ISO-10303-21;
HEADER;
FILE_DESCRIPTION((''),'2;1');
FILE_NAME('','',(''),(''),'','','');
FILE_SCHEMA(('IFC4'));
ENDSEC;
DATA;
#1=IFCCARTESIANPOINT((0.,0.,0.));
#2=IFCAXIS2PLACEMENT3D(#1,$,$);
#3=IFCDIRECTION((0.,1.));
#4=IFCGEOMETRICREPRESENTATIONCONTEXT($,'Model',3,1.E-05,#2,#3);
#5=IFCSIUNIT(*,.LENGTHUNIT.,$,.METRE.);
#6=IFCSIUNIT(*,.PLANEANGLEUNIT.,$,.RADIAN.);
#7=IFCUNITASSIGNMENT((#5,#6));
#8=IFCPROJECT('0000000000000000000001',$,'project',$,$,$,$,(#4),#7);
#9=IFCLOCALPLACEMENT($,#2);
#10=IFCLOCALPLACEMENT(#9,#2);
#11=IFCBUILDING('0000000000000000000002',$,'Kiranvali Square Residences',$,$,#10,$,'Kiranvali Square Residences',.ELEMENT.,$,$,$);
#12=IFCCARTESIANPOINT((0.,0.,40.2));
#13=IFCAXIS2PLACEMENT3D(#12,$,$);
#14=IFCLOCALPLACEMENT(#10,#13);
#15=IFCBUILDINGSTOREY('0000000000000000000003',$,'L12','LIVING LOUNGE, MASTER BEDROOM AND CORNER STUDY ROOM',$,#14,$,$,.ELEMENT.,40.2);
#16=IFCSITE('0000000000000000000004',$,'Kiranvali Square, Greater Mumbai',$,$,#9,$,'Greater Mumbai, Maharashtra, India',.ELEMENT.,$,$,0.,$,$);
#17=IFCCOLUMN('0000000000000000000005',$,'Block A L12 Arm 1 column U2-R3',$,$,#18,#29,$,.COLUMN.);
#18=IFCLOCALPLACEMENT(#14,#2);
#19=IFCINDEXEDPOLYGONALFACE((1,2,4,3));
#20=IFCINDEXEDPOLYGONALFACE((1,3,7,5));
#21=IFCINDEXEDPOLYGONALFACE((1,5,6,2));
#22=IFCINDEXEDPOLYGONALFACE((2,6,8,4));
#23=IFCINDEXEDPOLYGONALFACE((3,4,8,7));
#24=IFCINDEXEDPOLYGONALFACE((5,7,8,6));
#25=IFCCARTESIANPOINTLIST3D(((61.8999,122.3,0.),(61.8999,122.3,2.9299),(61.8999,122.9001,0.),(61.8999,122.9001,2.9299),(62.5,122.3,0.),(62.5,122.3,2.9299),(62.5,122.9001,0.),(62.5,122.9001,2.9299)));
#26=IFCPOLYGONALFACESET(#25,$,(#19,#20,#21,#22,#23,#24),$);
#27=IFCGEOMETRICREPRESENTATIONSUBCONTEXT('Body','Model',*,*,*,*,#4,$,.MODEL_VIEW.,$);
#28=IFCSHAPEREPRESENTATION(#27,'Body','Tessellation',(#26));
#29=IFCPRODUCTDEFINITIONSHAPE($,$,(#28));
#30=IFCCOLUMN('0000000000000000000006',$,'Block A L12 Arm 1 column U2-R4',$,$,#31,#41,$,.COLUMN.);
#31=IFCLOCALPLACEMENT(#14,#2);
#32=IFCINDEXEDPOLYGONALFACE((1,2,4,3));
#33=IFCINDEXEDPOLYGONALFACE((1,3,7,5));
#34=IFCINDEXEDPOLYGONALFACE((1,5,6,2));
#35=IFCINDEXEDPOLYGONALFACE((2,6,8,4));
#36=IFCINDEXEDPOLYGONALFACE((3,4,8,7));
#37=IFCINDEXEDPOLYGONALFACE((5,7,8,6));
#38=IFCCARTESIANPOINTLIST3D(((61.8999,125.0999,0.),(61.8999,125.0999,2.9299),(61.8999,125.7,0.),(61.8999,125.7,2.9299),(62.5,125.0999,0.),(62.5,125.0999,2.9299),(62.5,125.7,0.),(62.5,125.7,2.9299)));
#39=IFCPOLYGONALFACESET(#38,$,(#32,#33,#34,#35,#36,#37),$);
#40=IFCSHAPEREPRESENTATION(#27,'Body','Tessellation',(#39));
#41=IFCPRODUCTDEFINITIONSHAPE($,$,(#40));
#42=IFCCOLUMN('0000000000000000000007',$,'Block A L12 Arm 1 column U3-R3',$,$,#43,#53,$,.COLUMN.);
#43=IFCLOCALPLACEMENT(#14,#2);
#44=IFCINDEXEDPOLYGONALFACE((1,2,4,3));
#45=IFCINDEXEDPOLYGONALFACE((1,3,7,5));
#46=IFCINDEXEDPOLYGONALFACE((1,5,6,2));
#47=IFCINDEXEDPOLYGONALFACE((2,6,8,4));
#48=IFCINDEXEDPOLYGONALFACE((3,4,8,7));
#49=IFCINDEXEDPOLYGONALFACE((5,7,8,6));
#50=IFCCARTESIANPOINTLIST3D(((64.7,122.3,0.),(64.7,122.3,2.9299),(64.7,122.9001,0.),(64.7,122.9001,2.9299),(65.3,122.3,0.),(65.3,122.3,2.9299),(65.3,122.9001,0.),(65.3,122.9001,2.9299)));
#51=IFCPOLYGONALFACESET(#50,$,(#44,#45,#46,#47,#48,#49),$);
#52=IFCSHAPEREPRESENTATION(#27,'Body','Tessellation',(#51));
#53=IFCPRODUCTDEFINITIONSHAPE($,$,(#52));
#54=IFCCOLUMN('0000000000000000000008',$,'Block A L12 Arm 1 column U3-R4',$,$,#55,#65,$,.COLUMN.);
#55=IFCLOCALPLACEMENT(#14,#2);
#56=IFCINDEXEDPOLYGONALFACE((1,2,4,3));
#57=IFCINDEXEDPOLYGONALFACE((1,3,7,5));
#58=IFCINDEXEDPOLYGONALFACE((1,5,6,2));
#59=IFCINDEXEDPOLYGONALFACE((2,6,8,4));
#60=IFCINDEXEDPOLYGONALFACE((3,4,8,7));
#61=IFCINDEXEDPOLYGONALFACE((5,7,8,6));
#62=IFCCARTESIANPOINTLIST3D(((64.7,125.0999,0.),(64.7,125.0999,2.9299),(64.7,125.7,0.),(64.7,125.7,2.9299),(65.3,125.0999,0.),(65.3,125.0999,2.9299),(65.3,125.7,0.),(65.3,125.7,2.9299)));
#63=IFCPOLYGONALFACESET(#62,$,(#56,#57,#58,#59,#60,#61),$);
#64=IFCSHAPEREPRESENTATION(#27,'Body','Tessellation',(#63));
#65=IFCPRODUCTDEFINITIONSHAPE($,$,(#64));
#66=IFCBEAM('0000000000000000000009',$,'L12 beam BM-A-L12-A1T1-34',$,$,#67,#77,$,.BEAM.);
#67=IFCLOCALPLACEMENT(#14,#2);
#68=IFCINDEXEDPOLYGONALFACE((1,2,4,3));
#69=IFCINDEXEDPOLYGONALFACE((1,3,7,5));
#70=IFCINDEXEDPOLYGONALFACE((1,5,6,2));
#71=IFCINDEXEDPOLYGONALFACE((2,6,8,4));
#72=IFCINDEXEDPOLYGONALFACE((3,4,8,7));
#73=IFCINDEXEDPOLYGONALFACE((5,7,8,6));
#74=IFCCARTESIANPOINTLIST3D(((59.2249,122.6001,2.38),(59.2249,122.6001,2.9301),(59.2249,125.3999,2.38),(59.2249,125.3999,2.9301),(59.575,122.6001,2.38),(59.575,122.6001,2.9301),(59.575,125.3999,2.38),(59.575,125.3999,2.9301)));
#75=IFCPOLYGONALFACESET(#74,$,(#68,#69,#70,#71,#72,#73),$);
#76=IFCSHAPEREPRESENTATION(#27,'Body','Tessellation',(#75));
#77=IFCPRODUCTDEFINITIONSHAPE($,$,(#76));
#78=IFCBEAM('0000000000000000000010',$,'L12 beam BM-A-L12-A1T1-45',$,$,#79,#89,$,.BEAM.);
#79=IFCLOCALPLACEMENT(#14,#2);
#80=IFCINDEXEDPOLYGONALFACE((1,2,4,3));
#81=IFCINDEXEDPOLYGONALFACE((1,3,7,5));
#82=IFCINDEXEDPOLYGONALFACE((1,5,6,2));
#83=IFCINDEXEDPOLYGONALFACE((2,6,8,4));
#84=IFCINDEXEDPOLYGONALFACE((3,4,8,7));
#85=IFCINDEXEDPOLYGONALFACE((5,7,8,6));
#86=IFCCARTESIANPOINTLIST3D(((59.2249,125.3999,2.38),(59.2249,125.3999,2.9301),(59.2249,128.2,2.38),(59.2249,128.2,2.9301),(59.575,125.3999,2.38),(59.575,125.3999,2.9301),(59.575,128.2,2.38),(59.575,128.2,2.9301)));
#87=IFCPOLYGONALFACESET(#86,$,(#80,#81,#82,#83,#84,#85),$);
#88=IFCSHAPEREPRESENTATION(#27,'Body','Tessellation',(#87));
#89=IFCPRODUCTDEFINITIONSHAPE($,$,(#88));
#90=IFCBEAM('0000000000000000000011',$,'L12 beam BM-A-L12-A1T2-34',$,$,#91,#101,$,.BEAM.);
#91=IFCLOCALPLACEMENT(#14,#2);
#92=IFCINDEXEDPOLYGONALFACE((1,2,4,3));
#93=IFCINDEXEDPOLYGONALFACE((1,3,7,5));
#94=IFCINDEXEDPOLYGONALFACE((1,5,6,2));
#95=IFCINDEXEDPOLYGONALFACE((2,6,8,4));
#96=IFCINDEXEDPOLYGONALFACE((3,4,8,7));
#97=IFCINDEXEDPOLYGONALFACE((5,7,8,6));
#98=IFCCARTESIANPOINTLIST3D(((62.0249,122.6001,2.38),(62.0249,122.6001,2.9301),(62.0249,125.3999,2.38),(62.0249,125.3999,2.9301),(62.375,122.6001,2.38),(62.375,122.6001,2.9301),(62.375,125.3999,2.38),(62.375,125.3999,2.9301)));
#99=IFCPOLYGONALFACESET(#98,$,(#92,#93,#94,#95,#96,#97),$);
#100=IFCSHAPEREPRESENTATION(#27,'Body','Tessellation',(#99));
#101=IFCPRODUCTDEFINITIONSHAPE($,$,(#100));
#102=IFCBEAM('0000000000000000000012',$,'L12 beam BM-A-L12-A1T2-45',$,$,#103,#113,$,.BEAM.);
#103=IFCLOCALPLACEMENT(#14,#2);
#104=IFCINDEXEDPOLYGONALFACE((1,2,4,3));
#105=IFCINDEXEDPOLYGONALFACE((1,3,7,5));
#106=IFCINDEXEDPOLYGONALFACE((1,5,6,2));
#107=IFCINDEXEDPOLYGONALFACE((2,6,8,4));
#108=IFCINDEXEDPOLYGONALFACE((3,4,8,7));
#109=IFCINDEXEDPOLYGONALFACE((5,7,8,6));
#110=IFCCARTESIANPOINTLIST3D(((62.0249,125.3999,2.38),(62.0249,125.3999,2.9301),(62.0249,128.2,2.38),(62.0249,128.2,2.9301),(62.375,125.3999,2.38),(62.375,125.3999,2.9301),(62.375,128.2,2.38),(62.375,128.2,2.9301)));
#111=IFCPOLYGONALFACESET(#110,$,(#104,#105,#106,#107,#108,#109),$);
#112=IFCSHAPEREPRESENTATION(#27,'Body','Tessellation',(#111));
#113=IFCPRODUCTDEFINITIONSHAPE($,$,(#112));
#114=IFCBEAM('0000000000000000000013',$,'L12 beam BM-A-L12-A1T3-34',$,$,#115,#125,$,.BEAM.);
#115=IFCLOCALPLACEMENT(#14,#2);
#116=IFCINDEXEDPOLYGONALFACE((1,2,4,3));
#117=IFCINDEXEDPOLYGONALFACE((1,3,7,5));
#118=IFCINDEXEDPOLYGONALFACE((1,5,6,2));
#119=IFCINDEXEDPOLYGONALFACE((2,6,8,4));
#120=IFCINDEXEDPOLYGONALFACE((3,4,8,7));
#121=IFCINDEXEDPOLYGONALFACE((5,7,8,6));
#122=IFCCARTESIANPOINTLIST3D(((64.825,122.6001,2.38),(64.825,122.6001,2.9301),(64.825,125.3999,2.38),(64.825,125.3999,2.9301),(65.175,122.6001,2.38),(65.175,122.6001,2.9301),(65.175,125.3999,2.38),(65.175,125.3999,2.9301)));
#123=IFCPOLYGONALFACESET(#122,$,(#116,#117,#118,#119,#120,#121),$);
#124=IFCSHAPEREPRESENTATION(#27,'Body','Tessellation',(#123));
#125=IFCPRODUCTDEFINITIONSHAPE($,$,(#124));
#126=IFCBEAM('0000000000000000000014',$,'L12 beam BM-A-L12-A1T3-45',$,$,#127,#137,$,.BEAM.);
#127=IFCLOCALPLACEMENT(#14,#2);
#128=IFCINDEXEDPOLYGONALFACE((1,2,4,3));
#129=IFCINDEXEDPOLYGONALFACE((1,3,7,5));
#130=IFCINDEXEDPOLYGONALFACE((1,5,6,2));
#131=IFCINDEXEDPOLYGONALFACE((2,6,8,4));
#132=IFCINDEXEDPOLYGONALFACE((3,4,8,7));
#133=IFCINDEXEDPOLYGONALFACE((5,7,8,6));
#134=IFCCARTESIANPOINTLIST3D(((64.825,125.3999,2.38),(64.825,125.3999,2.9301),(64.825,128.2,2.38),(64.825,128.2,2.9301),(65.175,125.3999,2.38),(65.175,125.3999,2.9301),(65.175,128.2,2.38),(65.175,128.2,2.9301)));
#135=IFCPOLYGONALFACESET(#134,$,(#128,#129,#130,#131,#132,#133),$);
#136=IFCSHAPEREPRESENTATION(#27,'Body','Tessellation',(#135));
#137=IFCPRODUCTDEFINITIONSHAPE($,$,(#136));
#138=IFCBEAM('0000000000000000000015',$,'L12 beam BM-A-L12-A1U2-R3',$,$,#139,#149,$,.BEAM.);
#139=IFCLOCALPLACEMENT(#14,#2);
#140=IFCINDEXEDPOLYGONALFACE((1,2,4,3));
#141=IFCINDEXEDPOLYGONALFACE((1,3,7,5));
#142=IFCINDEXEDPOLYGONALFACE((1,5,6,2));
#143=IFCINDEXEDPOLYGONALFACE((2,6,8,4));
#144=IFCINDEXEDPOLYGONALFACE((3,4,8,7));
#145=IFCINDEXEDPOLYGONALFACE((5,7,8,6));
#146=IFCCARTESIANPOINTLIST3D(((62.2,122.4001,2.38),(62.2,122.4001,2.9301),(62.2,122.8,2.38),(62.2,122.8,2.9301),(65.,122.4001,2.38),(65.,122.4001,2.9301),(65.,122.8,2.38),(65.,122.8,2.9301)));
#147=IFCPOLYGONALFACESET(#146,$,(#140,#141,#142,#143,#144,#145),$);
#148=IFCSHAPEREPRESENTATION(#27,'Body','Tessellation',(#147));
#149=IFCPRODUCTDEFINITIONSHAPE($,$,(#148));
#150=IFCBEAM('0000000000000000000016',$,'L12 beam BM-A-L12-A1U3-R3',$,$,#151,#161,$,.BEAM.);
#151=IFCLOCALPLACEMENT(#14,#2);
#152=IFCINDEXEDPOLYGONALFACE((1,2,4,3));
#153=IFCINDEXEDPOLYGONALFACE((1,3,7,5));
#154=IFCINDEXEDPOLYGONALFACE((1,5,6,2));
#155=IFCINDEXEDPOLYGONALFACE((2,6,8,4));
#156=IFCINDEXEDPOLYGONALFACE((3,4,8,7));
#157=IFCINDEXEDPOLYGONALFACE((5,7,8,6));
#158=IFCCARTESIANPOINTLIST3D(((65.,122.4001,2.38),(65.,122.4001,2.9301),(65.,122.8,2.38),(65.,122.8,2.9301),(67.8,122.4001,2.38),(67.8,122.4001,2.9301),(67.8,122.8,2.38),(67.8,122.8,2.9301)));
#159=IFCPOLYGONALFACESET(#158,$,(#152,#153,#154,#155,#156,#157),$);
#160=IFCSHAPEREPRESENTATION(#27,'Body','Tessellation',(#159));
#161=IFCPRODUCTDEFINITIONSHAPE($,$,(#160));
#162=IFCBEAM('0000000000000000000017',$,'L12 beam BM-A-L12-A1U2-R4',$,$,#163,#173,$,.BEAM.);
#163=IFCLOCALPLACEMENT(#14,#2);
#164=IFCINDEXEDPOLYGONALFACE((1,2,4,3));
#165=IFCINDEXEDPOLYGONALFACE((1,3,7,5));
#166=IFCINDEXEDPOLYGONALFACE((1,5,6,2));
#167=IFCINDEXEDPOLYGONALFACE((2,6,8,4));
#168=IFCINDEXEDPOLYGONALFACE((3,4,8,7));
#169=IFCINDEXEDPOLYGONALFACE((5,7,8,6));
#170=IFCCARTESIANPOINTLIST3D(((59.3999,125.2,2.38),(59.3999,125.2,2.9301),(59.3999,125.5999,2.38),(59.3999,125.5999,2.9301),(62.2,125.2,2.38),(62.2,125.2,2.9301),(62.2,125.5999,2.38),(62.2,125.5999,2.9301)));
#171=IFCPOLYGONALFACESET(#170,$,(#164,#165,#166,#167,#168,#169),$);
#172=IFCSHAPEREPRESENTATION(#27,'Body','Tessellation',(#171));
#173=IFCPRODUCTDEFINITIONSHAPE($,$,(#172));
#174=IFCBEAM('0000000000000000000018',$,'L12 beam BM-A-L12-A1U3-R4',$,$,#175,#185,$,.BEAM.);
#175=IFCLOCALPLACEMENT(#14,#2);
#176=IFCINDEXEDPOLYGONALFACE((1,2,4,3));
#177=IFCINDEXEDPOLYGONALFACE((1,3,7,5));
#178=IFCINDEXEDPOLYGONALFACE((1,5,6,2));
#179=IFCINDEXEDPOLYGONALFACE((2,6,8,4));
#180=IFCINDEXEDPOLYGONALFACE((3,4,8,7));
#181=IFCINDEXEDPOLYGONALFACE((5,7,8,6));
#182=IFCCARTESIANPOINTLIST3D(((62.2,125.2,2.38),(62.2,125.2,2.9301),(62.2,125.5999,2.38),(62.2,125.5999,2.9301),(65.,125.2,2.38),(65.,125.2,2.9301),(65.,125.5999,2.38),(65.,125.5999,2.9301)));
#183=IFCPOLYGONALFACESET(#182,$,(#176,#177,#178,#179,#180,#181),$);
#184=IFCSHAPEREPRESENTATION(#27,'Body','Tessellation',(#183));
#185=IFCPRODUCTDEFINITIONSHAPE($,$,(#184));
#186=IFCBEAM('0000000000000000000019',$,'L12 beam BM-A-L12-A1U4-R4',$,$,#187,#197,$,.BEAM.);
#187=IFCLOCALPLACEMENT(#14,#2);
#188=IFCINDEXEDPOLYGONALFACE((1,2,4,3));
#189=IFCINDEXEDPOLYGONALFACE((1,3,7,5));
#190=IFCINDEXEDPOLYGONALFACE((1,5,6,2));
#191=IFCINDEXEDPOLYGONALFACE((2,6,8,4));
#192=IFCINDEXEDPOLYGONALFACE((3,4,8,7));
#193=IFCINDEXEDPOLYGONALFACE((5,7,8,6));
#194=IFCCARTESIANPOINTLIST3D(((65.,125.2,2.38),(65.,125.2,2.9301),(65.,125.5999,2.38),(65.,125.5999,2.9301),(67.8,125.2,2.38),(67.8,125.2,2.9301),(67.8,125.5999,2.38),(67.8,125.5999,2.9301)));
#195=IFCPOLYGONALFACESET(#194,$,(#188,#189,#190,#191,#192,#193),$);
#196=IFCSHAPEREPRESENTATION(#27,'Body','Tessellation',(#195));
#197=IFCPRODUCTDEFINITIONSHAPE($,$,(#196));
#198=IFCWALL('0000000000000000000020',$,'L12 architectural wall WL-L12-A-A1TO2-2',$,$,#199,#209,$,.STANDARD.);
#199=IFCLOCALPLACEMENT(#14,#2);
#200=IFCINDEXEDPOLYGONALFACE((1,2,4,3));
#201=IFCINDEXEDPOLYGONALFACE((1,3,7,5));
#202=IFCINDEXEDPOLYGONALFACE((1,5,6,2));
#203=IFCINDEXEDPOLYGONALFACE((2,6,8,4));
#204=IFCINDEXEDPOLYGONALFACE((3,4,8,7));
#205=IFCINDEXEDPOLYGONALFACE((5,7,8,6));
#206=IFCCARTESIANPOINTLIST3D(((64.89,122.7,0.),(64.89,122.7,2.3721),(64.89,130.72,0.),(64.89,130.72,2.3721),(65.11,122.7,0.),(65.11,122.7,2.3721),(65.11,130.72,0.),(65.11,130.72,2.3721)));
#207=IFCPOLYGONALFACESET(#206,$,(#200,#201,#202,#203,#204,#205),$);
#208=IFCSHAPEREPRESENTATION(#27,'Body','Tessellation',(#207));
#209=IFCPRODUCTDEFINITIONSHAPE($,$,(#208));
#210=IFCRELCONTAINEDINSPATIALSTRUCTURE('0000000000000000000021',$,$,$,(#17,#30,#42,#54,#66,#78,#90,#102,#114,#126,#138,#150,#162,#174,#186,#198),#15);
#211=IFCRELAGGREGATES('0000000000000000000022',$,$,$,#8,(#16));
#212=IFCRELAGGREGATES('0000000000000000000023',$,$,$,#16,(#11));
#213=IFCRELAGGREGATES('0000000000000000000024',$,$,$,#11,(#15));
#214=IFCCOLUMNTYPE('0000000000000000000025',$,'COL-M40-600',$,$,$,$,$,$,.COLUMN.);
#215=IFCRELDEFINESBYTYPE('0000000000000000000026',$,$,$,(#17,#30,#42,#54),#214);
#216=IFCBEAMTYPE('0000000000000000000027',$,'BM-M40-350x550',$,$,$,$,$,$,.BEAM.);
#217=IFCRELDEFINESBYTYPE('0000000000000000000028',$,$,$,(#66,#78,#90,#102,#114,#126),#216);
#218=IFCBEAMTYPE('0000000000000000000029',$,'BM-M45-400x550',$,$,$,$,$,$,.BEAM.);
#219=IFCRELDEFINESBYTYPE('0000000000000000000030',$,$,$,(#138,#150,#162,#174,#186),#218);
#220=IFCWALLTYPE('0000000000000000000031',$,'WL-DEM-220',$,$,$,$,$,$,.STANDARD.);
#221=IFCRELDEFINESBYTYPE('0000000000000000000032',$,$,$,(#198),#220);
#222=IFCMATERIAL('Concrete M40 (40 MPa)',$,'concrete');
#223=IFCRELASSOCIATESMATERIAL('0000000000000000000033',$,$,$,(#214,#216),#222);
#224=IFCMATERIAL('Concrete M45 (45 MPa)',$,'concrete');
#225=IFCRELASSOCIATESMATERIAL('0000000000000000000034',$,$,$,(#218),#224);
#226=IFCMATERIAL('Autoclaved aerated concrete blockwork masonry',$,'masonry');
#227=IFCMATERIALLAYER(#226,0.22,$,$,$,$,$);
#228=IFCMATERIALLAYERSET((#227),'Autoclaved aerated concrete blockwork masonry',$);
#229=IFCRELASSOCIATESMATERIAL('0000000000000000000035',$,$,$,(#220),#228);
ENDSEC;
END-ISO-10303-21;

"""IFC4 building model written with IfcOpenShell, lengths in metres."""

from ifc_helpers import new_model, si_unit, direction, frame, frame_2d, origin, origin_2d, place, context, subcontext, project, spatial, rectangle, extrude, material, layer, layer_set, material_profile, profile_set, type_object, element, save


model = new_model("IFC4")

# Units and contexts
model_context = context("Model", 3, precision=1e-05, world=origin(), true_north=direction((0.0, 1.0)))
body_context = subcontext(model_context, "Body", "Model", "MODEL_VIEW")
ifc_project = project(units=[si_unit("LENGTHUNIT", "METRE"), si_unit("PLANEANGLEUNIT", "RADIAN")], contexts=[model_context])

# Site, building, storey
site_placement = place(None, origin())
site = spatial("IfcSite", under=ifc_project, at=site_placement, Name="Kiranvali Square, Greater Mumbai", LongName="Greater Mumbai, Maharashtra, India", CompositionType="ELEMENT", RefElevation=0.0)
building_placement = place(site_placement, origin())
building = spatial("IfcBuilding", under=site, at=building_placement, Name="Kiranvali Square Residences", LongName="Kiranvali Square Residences", CompositionType="ELEMENT")
storey_placement = place(building_placement, frame((0.0, 0.0, 40.2)))
storey = spatial("IfcBuildingStorey", under=building, at=storey_placement, Name="L12", Description="LIVING LOUNGE, MASTER BEDROOM AND CORNER STUDY ROOM", CompositionType="ELEMENT", Elevation=40.2)

# Columns
ifc_material_1 = material(Name="Concrete M40 (40 MPa)", Category="concrete")
ifc_material_profile_1 = material_profile(ifc_material_1, rectangle(XDim=0.6001, YDim=0.6001, at=origin_2d()), Name="RC 600x600")
ifc_profile_set_1 = profile_set([ifc_material_profile_1], Name="Concrete M40 (40 MPa)")
column_type = type_object("IfcColumnType", Name="COL-M40-600", PredefinedType="COLUMN", material=ifc_profile_set_1)
for number, where, z_axis, x_axis, name in (
    (1, (62.2, 122.6001, 0.0), (0.0, 0.0, 1.0), (1.0, 0.0, 0.0), "Block A L12 Arm 1 column U2-R3"),
    (2, (62.2, 125.3999, 0.0), (0.0, 0.0, 1.0), (1.0, 0.0, 0.0), "Block A L12 Arm 1 column U2-R4"),
    (3, (65.0, 122.6001, 0.0), (0.0, 0.0, 1.0), (1.0, 0.0, 0.0), "Block A L12 Arm 1 column U3-R3"),
    (4, (65.0, 125.3999, 0.0), (0.0, 0.0, 1.0), (1.0, 0.0, 0.0), "Block A L12 Arm 1 column U3-R4"),
):
    element("IfcColumn", number, at=place(storey_placement, frame(where, z_axis=z_axis, x_axis=x_axis)), inside=storey, type_object=column_type, Name=name, PredefinedType="COLUMN", context=body_context, shape_type="SweptSolid", body=[
        extrude(rectangle(XDim=0.6001, YDim=0.6001, at=origin_2d()), origin(), (0.0, 0.0, 1.0), 2.9299),
    ])

# Beams
ifc_material_profile_2 = material_profile(ifc_material_1, rectangle(XDim=0.3501, YDim=0.55, at=origin_2d()), Name="RC 350x550")
ifc_profile_set_2 = profile_set([ifc_material_profile_2], Name="Concrete M40 (40 MPa)")
beam_type_1 = type_object("IfcBeamType", Name="BM-M40-350x550", PredefinedType="BEAM", material=ifc_profile_set_2)
beam_1_placement = place(storey_placement, frame((59.3999, 122.6001, 2.655), z_axis=(0.0, 1.0, 0.0), x_axis=(-1.0, 0.0, 0.0)))
element("IfcBeam", 5, at=beam_1_placement, inside=storey, type_object=beam_type_1, Name="L12 beam BM-A-L12-A1T1-34", PredefinedType="BEAM", context=body_context, shape_type="SweptSolid", body=[
    extrude(rectangle(XDim=0.3501, YDim=0.55, at=origin_2d()), origin(), (0.0, 0.0, 1.0), 2.7998),
])
beam_2_placement = place(storey_placement, frame((59.3999, 125.3999, 2.655), z_axis=(0.0, 1.0, 0.0), x_axis=(-1.0, 0.0, 0.0)))
element("IfcBeam", 6, at=beam_2_placement, inside=storey, type_object=beam_type_1, Name="L12 beam BM-A-L12-A1T1-45", PredefinedType="BEAM", context=body_context, shape_type="SweptSolid", body=[
    extrude(rectangle(XDim=0.3501, YDim=0.55, at=origin_2d()), origin(), (0.0, 0.0, 1.0), 2.8),
])
beam_3_placement = place(storey_placement, frame((62.2, 122.6001, 2.655), z_axis=(0.0, 1.0, 0.0), x_axis=(-1.0, 0.0, 0.0)))
element("IfcBeam", 7, at=beam_3_placement, inside=storey, type_object=beam_type_1, Name="L12 beam BM-A-L12-A1T2-34", PredefinedType="BEAM", context=body_context, shape_type="SweptSolid", body=[
    extrude(rectangle(XDim=0.3501, YDim=0.55, at=origin_2d()), origin(), (0.0, 0.0, 1.0), 2.7998),
])
beam_4_placement = place(storey_placement, frame((62.2, 125.3999, 2.655), z_axis=(0.0, 1.0, 0.0), x_axis=(-1.0, 0.0, 0.0)))
element("IfcBeam", 8, at=beam_4_placement, inside=storey, type_object=beam_type_1, Name="L12 beam BM-A-L12-A1T2-45", PredefinedType="BEAM", context=body_context, shape_type="SweptSolid", body=[
    extrude(rectangle(XDim=0.3501, YDim=0.55, at=origin_2d()), origin(), (0.0, 0.0, 1.0), 2.8),
])
beam_5_placement = place(storey_placement, frame((65.0, 122.6001, 2.655), z_axis=(0.0, 1.0, 0.0), x_axis=(-1.0, 0.0, 0.0)))
element("IfcBeam", 9, at=beam_5_placement, inside=storey, type_object=beam_type_1, Name="L12 beam BM-A-L12-A1T3-34", PredefinedType="BEAM", context=body_context, shape_type="SweptSolid", body=[
    extrude(rectangle(XDim=0.3501, YDim=0.55, at=origin_2d()), origin(), (0.0, 0.0, 1.0), 2.7998),
])
beam_6_placement = place(storey_placement, frame((65.0, 125.3999, 2.655), z_axis=(0.0, 1.0, 0.0), x_axis=(-1.0, 0.0, 0.0)))
element("IfcBeam", 10, at=beam_6_placement, inside=storey, type_object=beam_type_1, Name="L12 beam BM-A-L12-A1T3-45", PredefinedType="BEAM", context=body_context, shape_type="SweptSolid", body=[
    extrude(rectangle(XDim=0.3501, YDim=0.55, at=origin_2d()), origin(), (0.0, 0.0, 1.0), 2.8),
])
ifc_material_2 = material(Name="Concrete M45 (45 MPa)", Category="concrete")
ifc_material_profile_3 = material_profile(ifc_material_2, rectangle(XDim=0.3999, YDim=0.55, at=origin_2d()), Name="RC 400x550")
ifc_profile_set_3 = profile_set([ifc_material_profile_3], Name="Concrete M45 (45 MPa)")
beam_type_2 = type_object("IfcBeamType", Name="BM-M45-400x550", PredefinedType="BEAM", material=ifc_profile_set_3)
for number, where, z_axis, x_axis, name in (
    (11, (62.2, 122.6001, 2.655), (1.0, 0.0, 0.0), (0.0, 1.0, 0.0), "L12 beam BM-A-L12-A1U2-R3"),
    (12, (65.0, 122.6001, 2.655), (1.0, 0.0, 0.0), (0.0, 1.0, 0.0), "L12 beam BM-A-L12-A1U3-R3"),
    (13, (59.3999, 125.3999, 2.655), (1.0, 0.0, 0.0), (0.0, 1.0, 0.0), "L12 beam BM-A-L12-A1U2-R4"),
    (14, (62.2, 125.3999, 2.655), (1.0, 0.0, 0.0), (0.0, 1.0, 0.0), "L12 beam BM-A-L12-A1U3-R4"),
    (15, (65.0, 125.3999, 2.655), (1.0, 0.0, 0.0), (0.0, 1.0, 0.0), "L12 beam BM-A-L12-A1U4-R4"),
):
    element("IfcBeam", number, at=place(storey_placement, frame(where, z_axis=z_axis, x_axis=x_axis)), inside=storey, type_object=beam_type_2, Name=name, PredefinedType="BEAM", context=body_context, shape_type="SweptSolid", body=[
        extrude(rectangle(XDim=0.3999, YDim=0.55, at=origin_2d()), origin(), (0.0, 0.0, 1.0), 2.8),
    ])

# Wall
ifc_material_3 = material(Name="Autoclaved aerated concrete blockwork masonry", Category="masonry")
ifc_layer_1 = layer(ifc_material_3, 0.22)
ifc_layer_set_1 = layer_set([ifc_layer_1], Name="Autoclaved aerated concrete blockwork masonry")
wall_type_1 = type_object("IfcWallType", Name="WL-DEM-220", PredefinedType="STANDARD", material=ifc_layer_set_1)
wall_1_placement = place(storey_placement, frame((65.0, 122.7, 0.0), z_axis=(0.0, 0.0, 1.0), x_axis=(0.0, 1.0, 0.0)))
element("IfcWall", 16, at=wall_1_placement, inside=storey, type_object=wall_type_1, Name="L12 architectural wall WL-L12-A-A1TO2-2", PredefinedType="STANDARD", context=body_context, shape_type="SweptSolid", body=[
    extrude(rectangle(XDim=8.02, YDim=0.22, at=frame_2d((4.01, 0.0))), origin(), (0.0, 0.0, 1.0), 2.3721),
])

save(model, "model.ifc")
